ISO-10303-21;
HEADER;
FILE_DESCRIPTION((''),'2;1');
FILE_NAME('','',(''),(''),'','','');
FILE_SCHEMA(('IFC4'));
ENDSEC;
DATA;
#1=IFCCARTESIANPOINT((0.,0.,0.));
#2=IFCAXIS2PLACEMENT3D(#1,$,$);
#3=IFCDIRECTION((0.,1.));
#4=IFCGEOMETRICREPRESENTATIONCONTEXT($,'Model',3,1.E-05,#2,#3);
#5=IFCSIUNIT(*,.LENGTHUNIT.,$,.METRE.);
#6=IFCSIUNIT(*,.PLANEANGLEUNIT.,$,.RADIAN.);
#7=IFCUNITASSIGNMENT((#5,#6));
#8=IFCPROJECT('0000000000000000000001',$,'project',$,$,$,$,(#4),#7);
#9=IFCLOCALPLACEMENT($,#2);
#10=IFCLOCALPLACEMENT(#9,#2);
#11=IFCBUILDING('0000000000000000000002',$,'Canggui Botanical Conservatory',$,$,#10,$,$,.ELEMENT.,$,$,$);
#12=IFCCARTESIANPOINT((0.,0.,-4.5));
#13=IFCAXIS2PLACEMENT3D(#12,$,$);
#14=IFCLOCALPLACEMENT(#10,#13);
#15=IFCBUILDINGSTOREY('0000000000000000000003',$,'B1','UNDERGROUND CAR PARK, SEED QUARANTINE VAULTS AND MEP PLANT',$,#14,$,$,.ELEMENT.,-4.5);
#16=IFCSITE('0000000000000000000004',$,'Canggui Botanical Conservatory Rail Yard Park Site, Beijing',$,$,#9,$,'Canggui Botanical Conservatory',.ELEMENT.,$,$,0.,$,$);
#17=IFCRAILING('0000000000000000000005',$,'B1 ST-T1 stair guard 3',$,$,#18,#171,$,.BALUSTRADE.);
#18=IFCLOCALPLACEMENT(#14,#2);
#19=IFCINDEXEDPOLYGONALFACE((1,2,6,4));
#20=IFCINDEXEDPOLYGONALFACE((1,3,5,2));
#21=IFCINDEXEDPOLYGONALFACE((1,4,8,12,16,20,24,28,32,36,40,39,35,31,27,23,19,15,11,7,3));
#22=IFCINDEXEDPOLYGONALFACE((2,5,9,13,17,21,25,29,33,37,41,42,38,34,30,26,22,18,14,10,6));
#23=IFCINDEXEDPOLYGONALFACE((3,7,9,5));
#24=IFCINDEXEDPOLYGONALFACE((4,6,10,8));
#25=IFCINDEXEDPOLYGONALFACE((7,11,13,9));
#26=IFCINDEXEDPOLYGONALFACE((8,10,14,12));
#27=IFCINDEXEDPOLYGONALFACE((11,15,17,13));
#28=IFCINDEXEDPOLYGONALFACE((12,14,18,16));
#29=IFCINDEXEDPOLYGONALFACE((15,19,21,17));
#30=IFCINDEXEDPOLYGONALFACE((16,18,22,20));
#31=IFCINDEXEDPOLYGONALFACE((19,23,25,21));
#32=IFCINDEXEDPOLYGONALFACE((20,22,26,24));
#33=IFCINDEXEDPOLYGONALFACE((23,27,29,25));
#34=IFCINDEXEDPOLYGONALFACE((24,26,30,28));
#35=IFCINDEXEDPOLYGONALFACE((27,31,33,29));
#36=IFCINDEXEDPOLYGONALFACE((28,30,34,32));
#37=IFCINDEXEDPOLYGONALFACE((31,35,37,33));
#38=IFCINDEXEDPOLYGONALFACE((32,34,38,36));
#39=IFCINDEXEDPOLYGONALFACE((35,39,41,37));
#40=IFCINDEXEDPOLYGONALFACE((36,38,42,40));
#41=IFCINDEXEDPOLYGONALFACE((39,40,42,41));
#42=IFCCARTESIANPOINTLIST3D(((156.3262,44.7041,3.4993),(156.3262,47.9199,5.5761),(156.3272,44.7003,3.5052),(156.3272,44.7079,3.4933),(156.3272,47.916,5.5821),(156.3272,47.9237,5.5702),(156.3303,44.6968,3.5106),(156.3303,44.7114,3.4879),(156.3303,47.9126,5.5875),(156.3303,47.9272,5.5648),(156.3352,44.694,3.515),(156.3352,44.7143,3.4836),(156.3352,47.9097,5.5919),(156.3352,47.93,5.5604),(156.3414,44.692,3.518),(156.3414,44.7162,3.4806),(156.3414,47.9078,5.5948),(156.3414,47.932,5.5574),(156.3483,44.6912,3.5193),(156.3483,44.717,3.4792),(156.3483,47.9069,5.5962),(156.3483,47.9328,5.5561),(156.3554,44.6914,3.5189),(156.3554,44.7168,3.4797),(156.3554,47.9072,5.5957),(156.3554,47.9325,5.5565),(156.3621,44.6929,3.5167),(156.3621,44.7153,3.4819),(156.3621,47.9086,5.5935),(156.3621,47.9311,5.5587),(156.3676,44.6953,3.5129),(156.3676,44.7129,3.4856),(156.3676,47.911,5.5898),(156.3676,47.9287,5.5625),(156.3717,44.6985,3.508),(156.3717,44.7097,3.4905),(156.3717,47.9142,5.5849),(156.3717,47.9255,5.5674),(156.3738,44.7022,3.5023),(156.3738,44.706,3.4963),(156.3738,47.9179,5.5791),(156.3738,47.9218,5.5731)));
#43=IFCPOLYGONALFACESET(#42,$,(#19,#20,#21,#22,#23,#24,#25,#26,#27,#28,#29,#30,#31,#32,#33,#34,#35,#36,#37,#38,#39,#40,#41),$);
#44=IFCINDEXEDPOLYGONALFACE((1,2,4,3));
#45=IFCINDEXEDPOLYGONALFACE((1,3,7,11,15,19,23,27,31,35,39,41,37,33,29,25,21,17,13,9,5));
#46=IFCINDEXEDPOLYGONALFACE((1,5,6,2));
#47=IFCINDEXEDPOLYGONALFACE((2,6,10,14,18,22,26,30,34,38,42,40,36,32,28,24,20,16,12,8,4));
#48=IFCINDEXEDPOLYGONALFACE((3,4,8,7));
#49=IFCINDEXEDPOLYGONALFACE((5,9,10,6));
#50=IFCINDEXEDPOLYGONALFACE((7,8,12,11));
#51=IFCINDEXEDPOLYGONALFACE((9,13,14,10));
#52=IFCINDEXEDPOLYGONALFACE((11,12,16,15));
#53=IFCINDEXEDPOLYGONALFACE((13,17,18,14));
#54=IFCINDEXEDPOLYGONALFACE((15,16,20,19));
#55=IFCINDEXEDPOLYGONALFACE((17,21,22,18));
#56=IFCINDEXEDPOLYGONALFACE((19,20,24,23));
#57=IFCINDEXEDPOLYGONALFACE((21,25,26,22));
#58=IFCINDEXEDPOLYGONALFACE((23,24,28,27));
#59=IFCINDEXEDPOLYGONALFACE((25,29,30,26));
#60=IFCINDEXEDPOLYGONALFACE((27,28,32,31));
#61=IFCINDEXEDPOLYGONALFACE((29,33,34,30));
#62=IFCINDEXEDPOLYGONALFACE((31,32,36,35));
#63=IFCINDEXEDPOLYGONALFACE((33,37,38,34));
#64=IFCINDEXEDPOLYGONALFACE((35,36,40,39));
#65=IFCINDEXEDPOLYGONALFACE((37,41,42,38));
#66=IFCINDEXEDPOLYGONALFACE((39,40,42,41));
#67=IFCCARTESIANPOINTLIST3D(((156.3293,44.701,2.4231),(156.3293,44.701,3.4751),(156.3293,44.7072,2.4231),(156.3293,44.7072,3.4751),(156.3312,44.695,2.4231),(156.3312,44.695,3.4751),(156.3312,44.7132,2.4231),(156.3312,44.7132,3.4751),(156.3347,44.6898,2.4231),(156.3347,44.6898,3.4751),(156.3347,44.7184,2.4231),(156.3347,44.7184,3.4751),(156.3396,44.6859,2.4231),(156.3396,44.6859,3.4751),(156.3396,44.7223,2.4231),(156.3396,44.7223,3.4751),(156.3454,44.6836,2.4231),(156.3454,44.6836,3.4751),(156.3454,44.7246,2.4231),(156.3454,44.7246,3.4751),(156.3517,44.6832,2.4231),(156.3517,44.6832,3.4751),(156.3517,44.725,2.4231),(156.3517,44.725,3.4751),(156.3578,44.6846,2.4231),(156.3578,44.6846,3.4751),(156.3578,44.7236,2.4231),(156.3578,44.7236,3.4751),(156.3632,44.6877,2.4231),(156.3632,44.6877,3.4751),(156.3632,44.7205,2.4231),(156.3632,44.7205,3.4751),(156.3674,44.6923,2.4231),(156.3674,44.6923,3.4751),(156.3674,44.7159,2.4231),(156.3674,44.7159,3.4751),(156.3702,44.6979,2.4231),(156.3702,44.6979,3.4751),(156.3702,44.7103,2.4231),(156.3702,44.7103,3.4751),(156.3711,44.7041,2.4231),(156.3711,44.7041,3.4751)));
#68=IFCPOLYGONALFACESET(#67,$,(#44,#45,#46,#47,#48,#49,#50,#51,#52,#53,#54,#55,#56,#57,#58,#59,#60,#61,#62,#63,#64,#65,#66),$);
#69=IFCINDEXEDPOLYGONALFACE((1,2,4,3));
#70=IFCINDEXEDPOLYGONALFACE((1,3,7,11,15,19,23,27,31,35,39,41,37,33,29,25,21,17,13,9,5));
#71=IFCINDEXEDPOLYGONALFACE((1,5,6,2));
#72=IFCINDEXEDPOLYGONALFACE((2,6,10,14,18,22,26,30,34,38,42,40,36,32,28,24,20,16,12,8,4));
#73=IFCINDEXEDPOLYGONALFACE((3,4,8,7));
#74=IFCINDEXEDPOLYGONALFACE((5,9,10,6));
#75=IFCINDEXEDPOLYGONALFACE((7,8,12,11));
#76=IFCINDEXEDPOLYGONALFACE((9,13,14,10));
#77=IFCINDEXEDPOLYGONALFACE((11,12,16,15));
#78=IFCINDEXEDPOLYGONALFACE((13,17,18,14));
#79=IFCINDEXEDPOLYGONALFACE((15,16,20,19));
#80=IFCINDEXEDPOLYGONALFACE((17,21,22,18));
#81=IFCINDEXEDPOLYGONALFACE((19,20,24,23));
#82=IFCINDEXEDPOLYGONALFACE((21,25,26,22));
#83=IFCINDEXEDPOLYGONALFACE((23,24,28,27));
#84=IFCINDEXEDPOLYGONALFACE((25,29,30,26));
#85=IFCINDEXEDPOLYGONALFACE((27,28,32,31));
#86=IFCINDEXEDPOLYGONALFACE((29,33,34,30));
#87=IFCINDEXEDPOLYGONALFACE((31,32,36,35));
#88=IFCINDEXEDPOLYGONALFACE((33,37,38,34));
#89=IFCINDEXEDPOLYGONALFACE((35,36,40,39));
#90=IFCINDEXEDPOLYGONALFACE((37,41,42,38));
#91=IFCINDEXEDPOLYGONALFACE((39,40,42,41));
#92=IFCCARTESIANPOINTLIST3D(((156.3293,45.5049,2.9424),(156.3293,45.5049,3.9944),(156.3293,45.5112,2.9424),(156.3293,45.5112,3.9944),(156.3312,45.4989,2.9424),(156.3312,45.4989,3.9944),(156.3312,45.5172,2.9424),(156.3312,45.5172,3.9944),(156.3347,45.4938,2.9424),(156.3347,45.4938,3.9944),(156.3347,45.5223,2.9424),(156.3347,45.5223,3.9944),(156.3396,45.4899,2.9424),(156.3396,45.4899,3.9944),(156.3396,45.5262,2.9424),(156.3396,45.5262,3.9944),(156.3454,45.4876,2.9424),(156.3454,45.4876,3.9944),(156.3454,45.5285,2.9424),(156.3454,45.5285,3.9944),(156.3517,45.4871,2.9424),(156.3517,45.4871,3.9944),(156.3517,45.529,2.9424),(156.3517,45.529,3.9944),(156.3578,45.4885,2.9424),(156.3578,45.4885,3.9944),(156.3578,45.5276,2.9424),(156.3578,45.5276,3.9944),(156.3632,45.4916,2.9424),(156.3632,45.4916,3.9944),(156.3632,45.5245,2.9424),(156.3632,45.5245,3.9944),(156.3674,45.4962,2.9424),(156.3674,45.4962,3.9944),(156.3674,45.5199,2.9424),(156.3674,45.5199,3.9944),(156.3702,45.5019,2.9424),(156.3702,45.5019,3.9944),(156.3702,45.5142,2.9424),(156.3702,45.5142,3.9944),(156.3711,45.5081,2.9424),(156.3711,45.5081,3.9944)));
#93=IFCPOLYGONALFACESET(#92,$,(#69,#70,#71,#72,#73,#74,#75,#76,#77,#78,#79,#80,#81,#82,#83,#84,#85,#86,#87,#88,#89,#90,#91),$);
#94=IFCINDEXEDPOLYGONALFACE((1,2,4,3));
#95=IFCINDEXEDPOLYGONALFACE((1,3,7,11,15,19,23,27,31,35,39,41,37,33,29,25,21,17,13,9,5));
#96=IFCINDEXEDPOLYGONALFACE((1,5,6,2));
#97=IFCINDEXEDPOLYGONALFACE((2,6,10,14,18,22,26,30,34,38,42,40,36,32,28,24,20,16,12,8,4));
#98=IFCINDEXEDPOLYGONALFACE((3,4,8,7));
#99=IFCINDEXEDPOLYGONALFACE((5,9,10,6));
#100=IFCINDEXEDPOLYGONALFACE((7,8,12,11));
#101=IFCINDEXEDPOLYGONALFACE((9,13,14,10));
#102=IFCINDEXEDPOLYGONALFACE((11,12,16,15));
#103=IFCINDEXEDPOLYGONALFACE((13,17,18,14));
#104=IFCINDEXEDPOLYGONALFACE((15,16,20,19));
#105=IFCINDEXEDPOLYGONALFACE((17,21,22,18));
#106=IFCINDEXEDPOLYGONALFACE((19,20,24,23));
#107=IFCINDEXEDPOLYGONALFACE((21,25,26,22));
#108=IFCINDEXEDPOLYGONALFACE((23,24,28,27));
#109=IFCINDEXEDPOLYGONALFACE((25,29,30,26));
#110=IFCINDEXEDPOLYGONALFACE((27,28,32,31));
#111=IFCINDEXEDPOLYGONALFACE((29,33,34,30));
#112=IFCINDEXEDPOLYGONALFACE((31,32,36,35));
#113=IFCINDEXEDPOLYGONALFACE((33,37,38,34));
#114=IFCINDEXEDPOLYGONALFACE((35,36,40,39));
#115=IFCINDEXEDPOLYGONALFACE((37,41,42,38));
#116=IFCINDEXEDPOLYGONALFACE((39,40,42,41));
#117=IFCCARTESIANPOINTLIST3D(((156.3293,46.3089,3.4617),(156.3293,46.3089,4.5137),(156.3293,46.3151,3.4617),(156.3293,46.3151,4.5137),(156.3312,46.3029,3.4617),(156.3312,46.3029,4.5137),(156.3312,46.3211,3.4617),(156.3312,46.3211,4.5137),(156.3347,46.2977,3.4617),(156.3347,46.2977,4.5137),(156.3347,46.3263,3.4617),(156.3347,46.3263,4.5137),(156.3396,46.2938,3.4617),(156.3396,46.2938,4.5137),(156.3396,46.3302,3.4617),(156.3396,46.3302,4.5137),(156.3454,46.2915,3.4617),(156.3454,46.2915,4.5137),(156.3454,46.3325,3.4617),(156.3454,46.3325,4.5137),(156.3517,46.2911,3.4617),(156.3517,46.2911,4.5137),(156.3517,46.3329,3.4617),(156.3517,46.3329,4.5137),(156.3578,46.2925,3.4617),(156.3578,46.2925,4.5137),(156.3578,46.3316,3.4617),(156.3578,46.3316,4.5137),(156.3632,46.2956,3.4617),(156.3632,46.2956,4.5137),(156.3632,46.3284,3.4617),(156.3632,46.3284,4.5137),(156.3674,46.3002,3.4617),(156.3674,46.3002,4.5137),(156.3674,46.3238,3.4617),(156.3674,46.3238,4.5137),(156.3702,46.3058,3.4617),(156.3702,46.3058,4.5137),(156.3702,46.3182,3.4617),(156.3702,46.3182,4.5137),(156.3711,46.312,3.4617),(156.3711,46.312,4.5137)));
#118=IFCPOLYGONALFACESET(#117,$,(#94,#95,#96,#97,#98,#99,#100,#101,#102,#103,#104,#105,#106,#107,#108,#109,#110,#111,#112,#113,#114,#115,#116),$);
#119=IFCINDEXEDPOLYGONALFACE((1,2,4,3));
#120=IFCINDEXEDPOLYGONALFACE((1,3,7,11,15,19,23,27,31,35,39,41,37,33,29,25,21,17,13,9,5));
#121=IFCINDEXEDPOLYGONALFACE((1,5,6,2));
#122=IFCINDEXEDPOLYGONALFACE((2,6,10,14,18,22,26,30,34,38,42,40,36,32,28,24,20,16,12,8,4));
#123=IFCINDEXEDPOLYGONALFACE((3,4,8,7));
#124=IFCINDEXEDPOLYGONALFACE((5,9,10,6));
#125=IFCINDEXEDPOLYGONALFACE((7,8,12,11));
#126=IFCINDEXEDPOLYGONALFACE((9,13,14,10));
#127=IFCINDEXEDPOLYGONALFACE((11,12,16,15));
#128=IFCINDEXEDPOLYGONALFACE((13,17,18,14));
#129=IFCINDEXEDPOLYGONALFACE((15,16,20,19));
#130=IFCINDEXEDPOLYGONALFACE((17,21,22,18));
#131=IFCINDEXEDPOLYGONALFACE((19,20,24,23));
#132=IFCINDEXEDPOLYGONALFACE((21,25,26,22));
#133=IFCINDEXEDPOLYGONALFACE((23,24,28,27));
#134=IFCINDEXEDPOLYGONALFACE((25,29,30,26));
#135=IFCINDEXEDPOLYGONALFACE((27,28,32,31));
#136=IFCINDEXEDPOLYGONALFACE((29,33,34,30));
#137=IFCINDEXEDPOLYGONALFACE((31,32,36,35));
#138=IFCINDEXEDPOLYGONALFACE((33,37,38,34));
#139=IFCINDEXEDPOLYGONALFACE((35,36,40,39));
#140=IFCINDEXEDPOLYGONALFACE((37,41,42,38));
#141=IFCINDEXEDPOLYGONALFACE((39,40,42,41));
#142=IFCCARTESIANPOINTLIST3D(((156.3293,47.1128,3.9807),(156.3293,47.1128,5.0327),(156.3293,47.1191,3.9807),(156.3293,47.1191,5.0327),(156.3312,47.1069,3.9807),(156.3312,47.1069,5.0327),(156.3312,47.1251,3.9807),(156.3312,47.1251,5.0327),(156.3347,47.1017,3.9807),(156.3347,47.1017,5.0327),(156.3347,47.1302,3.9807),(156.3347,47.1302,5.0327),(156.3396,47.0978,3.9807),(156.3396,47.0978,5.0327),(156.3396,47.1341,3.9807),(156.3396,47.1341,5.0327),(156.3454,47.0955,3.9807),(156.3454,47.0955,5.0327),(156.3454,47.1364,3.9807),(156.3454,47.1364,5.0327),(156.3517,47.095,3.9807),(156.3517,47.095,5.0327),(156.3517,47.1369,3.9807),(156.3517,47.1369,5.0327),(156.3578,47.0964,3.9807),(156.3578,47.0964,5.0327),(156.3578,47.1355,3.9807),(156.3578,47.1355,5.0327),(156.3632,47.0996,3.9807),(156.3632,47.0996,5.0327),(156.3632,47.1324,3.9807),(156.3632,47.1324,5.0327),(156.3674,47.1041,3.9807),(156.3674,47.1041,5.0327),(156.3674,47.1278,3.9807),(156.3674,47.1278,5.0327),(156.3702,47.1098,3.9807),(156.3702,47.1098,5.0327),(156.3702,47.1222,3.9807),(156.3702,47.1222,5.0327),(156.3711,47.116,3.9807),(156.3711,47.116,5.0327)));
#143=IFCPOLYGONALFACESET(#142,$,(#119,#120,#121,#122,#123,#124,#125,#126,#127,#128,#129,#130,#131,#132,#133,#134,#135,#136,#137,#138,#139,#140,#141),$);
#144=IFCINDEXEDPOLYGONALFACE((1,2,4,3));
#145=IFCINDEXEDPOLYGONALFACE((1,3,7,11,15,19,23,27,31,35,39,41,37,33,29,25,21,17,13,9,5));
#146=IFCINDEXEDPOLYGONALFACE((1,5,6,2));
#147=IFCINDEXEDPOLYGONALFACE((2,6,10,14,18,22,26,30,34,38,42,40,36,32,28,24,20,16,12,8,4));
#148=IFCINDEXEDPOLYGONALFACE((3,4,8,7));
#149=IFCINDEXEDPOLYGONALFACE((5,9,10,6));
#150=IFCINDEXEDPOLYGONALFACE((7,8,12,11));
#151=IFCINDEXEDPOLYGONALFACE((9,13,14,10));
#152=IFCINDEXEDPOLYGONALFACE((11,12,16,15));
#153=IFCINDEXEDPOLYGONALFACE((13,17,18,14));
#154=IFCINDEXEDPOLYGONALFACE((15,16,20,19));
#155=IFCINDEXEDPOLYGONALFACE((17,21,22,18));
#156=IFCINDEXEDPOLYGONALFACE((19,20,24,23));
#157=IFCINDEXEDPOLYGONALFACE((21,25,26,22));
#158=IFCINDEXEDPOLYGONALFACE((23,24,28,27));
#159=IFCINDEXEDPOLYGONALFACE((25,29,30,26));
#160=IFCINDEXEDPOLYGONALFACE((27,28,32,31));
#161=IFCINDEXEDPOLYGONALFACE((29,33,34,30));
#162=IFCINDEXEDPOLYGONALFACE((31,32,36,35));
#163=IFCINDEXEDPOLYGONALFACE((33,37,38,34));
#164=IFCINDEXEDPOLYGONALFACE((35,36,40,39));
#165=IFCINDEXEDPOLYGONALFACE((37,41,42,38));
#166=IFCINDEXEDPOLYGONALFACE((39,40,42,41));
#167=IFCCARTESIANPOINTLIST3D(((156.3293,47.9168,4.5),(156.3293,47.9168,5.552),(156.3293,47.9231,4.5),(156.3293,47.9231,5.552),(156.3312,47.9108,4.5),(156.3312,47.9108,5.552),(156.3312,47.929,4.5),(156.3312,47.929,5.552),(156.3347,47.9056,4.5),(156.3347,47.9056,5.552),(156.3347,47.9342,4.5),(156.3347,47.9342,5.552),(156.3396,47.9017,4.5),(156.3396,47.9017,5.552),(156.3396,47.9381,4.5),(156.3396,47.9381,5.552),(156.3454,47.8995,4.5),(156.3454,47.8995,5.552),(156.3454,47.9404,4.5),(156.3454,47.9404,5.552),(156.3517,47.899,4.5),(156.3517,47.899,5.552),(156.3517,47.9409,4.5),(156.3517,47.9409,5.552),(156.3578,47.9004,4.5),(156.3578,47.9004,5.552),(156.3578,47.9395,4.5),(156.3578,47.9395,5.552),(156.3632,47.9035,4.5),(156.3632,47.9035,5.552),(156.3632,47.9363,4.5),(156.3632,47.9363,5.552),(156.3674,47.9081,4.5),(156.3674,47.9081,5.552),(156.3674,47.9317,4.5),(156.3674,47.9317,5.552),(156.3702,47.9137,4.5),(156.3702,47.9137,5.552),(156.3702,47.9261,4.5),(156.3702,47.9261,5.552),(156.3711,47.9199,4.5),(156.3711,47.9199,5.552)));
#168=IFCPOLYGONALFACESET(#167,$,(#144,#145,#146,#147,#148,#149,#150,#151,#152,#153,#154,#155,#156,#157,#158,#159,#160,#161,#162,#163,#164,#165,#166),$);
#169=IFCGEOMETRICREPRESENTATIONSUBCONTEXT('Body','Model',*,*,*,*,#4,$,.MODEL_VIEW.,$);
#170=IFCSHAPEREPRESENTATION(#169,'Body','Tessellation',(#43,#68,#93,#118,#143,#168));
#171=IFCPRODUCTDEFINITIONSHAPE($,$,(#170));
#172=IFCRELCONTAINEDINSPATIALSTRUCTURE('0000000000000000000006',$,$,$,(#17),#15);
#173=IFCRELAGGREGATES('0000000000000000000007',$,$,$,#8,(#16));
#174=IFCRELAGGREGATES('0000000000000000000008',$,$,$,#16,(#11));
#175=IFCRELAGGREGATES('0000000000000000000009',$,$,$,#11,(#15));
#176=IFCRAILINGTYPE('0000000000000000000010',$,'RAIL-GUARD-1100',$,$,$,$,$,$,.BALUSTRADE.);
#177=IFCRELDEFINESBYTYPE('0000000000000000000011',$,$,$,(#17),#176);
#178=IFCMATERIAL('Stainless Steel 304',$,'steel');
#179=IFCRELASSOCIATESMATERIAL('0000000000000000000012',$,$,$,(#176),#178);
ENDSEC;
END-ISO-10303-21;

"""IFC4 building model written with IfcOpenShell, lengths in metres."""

from ifc_helpers import new_model, si_unit, direction, frame, origin, origin_2d, place, context, subcontext, project, spatial, circle, extrude, material, type_object, element, save


model = new_model("IFC4")

# Units and contexts
model_context = context("Model", 3, precision=1e-05, world=origin(), true_north=direction((0.0, 1.0)))
body_context = subcontext(model_context, "Body", "Model", "MODEL_VIEW")
ifc_project = project(units=[si_unit("LENGTHUNIT", "METRE"), si_unit("PLANEANGLEUNIT", "RADIAN")], contexts=[model_context])

# Site, building, storey
site_placement = place(None, origin())
site = spatial("IfcSite", under=ifc_project, at=site_placement, Name="Canggui Botanical Conservatory Rail Yard Park Site, Beijing", LongName="Canggui Botanical Conservatory", CompositionType="ELEMENT", RefElevation=0.0)
building_placement = place(site_placement, origin())
building = spatial("IfcBuilding", under=site, at=building_placement, Name="Canggui Botanical Conservatory", CompositionType="ELEMENT")
storey_placement = place(building_placement, frame((0.0, 0.0, -4.5)))
storey = spatial("IfcBuildingStorey", under=building, at=storey_placement, Name="B1", Description="UNDERGROUND CAR PARK, SEED QUARANTINE VAULTS AND MEP PLANT", CompositionType="ELEMENT", Elevation=-4.5)

# Shared definitions
ifc_material_1 = material(Name="Stainless Steel 304", Category="steel")

# Railing
railing_type_1 = type_object("IfcRailingType", Name="RAIL-GUARD-1100", PredefinedType="BALUSTRADE", material=ifc_material_1)
railing_1_placement = place(storey_placement, frame((156.3501, 44.7041, 2.4231)))
element("IfcRailing", 1, at=railing_1_placement, inside=storey, type_object=railing_type_1, Name="B1 ST-T1 stair guard 3", PredefinedType="BALUSTRADE", context=body_context, shape_type="SweptSolid", body=[
    extrude(circle(Radius=0.0239, at=origin_2d()), frame((0.0, 0.0, 1.0762), z_axis=(0.0, 0.840037, 0.542529), x_axis=(-1.0, 0.0, 0.0)), (0.0, 0.0, 1.0), 3.8281),
    extrude(circle(Radius=0.021, at=origin_2d()), origin(), (0.0, 0.0, 1.0), 1.052),
    extrude(circle(Radius=0.021, at=origin_2d()), frame((0.0, 0.804, 0.5193)), (0.0, 0.0, 1.0), 1.052),
    extrude(circle(Radius=0.021, at=origin_2d()), frame((0.0, 1.6079, 1.0386)), (0.0, 0.0, 1.0), 1.052),
    extrude(circle(Radius=0.021, at=origin_2d()), frame((0.0, 2.4119, 1.5576)), (0.0, 0.0, 1.0), 1.052),
    extrude(circle(Radius=0.021, at=origin_2d()), frame((0.0, 3.2158, 2.0769)), (0.0, 0.0, 1.0), 1.052),
])

save(model, "model.ifc")
